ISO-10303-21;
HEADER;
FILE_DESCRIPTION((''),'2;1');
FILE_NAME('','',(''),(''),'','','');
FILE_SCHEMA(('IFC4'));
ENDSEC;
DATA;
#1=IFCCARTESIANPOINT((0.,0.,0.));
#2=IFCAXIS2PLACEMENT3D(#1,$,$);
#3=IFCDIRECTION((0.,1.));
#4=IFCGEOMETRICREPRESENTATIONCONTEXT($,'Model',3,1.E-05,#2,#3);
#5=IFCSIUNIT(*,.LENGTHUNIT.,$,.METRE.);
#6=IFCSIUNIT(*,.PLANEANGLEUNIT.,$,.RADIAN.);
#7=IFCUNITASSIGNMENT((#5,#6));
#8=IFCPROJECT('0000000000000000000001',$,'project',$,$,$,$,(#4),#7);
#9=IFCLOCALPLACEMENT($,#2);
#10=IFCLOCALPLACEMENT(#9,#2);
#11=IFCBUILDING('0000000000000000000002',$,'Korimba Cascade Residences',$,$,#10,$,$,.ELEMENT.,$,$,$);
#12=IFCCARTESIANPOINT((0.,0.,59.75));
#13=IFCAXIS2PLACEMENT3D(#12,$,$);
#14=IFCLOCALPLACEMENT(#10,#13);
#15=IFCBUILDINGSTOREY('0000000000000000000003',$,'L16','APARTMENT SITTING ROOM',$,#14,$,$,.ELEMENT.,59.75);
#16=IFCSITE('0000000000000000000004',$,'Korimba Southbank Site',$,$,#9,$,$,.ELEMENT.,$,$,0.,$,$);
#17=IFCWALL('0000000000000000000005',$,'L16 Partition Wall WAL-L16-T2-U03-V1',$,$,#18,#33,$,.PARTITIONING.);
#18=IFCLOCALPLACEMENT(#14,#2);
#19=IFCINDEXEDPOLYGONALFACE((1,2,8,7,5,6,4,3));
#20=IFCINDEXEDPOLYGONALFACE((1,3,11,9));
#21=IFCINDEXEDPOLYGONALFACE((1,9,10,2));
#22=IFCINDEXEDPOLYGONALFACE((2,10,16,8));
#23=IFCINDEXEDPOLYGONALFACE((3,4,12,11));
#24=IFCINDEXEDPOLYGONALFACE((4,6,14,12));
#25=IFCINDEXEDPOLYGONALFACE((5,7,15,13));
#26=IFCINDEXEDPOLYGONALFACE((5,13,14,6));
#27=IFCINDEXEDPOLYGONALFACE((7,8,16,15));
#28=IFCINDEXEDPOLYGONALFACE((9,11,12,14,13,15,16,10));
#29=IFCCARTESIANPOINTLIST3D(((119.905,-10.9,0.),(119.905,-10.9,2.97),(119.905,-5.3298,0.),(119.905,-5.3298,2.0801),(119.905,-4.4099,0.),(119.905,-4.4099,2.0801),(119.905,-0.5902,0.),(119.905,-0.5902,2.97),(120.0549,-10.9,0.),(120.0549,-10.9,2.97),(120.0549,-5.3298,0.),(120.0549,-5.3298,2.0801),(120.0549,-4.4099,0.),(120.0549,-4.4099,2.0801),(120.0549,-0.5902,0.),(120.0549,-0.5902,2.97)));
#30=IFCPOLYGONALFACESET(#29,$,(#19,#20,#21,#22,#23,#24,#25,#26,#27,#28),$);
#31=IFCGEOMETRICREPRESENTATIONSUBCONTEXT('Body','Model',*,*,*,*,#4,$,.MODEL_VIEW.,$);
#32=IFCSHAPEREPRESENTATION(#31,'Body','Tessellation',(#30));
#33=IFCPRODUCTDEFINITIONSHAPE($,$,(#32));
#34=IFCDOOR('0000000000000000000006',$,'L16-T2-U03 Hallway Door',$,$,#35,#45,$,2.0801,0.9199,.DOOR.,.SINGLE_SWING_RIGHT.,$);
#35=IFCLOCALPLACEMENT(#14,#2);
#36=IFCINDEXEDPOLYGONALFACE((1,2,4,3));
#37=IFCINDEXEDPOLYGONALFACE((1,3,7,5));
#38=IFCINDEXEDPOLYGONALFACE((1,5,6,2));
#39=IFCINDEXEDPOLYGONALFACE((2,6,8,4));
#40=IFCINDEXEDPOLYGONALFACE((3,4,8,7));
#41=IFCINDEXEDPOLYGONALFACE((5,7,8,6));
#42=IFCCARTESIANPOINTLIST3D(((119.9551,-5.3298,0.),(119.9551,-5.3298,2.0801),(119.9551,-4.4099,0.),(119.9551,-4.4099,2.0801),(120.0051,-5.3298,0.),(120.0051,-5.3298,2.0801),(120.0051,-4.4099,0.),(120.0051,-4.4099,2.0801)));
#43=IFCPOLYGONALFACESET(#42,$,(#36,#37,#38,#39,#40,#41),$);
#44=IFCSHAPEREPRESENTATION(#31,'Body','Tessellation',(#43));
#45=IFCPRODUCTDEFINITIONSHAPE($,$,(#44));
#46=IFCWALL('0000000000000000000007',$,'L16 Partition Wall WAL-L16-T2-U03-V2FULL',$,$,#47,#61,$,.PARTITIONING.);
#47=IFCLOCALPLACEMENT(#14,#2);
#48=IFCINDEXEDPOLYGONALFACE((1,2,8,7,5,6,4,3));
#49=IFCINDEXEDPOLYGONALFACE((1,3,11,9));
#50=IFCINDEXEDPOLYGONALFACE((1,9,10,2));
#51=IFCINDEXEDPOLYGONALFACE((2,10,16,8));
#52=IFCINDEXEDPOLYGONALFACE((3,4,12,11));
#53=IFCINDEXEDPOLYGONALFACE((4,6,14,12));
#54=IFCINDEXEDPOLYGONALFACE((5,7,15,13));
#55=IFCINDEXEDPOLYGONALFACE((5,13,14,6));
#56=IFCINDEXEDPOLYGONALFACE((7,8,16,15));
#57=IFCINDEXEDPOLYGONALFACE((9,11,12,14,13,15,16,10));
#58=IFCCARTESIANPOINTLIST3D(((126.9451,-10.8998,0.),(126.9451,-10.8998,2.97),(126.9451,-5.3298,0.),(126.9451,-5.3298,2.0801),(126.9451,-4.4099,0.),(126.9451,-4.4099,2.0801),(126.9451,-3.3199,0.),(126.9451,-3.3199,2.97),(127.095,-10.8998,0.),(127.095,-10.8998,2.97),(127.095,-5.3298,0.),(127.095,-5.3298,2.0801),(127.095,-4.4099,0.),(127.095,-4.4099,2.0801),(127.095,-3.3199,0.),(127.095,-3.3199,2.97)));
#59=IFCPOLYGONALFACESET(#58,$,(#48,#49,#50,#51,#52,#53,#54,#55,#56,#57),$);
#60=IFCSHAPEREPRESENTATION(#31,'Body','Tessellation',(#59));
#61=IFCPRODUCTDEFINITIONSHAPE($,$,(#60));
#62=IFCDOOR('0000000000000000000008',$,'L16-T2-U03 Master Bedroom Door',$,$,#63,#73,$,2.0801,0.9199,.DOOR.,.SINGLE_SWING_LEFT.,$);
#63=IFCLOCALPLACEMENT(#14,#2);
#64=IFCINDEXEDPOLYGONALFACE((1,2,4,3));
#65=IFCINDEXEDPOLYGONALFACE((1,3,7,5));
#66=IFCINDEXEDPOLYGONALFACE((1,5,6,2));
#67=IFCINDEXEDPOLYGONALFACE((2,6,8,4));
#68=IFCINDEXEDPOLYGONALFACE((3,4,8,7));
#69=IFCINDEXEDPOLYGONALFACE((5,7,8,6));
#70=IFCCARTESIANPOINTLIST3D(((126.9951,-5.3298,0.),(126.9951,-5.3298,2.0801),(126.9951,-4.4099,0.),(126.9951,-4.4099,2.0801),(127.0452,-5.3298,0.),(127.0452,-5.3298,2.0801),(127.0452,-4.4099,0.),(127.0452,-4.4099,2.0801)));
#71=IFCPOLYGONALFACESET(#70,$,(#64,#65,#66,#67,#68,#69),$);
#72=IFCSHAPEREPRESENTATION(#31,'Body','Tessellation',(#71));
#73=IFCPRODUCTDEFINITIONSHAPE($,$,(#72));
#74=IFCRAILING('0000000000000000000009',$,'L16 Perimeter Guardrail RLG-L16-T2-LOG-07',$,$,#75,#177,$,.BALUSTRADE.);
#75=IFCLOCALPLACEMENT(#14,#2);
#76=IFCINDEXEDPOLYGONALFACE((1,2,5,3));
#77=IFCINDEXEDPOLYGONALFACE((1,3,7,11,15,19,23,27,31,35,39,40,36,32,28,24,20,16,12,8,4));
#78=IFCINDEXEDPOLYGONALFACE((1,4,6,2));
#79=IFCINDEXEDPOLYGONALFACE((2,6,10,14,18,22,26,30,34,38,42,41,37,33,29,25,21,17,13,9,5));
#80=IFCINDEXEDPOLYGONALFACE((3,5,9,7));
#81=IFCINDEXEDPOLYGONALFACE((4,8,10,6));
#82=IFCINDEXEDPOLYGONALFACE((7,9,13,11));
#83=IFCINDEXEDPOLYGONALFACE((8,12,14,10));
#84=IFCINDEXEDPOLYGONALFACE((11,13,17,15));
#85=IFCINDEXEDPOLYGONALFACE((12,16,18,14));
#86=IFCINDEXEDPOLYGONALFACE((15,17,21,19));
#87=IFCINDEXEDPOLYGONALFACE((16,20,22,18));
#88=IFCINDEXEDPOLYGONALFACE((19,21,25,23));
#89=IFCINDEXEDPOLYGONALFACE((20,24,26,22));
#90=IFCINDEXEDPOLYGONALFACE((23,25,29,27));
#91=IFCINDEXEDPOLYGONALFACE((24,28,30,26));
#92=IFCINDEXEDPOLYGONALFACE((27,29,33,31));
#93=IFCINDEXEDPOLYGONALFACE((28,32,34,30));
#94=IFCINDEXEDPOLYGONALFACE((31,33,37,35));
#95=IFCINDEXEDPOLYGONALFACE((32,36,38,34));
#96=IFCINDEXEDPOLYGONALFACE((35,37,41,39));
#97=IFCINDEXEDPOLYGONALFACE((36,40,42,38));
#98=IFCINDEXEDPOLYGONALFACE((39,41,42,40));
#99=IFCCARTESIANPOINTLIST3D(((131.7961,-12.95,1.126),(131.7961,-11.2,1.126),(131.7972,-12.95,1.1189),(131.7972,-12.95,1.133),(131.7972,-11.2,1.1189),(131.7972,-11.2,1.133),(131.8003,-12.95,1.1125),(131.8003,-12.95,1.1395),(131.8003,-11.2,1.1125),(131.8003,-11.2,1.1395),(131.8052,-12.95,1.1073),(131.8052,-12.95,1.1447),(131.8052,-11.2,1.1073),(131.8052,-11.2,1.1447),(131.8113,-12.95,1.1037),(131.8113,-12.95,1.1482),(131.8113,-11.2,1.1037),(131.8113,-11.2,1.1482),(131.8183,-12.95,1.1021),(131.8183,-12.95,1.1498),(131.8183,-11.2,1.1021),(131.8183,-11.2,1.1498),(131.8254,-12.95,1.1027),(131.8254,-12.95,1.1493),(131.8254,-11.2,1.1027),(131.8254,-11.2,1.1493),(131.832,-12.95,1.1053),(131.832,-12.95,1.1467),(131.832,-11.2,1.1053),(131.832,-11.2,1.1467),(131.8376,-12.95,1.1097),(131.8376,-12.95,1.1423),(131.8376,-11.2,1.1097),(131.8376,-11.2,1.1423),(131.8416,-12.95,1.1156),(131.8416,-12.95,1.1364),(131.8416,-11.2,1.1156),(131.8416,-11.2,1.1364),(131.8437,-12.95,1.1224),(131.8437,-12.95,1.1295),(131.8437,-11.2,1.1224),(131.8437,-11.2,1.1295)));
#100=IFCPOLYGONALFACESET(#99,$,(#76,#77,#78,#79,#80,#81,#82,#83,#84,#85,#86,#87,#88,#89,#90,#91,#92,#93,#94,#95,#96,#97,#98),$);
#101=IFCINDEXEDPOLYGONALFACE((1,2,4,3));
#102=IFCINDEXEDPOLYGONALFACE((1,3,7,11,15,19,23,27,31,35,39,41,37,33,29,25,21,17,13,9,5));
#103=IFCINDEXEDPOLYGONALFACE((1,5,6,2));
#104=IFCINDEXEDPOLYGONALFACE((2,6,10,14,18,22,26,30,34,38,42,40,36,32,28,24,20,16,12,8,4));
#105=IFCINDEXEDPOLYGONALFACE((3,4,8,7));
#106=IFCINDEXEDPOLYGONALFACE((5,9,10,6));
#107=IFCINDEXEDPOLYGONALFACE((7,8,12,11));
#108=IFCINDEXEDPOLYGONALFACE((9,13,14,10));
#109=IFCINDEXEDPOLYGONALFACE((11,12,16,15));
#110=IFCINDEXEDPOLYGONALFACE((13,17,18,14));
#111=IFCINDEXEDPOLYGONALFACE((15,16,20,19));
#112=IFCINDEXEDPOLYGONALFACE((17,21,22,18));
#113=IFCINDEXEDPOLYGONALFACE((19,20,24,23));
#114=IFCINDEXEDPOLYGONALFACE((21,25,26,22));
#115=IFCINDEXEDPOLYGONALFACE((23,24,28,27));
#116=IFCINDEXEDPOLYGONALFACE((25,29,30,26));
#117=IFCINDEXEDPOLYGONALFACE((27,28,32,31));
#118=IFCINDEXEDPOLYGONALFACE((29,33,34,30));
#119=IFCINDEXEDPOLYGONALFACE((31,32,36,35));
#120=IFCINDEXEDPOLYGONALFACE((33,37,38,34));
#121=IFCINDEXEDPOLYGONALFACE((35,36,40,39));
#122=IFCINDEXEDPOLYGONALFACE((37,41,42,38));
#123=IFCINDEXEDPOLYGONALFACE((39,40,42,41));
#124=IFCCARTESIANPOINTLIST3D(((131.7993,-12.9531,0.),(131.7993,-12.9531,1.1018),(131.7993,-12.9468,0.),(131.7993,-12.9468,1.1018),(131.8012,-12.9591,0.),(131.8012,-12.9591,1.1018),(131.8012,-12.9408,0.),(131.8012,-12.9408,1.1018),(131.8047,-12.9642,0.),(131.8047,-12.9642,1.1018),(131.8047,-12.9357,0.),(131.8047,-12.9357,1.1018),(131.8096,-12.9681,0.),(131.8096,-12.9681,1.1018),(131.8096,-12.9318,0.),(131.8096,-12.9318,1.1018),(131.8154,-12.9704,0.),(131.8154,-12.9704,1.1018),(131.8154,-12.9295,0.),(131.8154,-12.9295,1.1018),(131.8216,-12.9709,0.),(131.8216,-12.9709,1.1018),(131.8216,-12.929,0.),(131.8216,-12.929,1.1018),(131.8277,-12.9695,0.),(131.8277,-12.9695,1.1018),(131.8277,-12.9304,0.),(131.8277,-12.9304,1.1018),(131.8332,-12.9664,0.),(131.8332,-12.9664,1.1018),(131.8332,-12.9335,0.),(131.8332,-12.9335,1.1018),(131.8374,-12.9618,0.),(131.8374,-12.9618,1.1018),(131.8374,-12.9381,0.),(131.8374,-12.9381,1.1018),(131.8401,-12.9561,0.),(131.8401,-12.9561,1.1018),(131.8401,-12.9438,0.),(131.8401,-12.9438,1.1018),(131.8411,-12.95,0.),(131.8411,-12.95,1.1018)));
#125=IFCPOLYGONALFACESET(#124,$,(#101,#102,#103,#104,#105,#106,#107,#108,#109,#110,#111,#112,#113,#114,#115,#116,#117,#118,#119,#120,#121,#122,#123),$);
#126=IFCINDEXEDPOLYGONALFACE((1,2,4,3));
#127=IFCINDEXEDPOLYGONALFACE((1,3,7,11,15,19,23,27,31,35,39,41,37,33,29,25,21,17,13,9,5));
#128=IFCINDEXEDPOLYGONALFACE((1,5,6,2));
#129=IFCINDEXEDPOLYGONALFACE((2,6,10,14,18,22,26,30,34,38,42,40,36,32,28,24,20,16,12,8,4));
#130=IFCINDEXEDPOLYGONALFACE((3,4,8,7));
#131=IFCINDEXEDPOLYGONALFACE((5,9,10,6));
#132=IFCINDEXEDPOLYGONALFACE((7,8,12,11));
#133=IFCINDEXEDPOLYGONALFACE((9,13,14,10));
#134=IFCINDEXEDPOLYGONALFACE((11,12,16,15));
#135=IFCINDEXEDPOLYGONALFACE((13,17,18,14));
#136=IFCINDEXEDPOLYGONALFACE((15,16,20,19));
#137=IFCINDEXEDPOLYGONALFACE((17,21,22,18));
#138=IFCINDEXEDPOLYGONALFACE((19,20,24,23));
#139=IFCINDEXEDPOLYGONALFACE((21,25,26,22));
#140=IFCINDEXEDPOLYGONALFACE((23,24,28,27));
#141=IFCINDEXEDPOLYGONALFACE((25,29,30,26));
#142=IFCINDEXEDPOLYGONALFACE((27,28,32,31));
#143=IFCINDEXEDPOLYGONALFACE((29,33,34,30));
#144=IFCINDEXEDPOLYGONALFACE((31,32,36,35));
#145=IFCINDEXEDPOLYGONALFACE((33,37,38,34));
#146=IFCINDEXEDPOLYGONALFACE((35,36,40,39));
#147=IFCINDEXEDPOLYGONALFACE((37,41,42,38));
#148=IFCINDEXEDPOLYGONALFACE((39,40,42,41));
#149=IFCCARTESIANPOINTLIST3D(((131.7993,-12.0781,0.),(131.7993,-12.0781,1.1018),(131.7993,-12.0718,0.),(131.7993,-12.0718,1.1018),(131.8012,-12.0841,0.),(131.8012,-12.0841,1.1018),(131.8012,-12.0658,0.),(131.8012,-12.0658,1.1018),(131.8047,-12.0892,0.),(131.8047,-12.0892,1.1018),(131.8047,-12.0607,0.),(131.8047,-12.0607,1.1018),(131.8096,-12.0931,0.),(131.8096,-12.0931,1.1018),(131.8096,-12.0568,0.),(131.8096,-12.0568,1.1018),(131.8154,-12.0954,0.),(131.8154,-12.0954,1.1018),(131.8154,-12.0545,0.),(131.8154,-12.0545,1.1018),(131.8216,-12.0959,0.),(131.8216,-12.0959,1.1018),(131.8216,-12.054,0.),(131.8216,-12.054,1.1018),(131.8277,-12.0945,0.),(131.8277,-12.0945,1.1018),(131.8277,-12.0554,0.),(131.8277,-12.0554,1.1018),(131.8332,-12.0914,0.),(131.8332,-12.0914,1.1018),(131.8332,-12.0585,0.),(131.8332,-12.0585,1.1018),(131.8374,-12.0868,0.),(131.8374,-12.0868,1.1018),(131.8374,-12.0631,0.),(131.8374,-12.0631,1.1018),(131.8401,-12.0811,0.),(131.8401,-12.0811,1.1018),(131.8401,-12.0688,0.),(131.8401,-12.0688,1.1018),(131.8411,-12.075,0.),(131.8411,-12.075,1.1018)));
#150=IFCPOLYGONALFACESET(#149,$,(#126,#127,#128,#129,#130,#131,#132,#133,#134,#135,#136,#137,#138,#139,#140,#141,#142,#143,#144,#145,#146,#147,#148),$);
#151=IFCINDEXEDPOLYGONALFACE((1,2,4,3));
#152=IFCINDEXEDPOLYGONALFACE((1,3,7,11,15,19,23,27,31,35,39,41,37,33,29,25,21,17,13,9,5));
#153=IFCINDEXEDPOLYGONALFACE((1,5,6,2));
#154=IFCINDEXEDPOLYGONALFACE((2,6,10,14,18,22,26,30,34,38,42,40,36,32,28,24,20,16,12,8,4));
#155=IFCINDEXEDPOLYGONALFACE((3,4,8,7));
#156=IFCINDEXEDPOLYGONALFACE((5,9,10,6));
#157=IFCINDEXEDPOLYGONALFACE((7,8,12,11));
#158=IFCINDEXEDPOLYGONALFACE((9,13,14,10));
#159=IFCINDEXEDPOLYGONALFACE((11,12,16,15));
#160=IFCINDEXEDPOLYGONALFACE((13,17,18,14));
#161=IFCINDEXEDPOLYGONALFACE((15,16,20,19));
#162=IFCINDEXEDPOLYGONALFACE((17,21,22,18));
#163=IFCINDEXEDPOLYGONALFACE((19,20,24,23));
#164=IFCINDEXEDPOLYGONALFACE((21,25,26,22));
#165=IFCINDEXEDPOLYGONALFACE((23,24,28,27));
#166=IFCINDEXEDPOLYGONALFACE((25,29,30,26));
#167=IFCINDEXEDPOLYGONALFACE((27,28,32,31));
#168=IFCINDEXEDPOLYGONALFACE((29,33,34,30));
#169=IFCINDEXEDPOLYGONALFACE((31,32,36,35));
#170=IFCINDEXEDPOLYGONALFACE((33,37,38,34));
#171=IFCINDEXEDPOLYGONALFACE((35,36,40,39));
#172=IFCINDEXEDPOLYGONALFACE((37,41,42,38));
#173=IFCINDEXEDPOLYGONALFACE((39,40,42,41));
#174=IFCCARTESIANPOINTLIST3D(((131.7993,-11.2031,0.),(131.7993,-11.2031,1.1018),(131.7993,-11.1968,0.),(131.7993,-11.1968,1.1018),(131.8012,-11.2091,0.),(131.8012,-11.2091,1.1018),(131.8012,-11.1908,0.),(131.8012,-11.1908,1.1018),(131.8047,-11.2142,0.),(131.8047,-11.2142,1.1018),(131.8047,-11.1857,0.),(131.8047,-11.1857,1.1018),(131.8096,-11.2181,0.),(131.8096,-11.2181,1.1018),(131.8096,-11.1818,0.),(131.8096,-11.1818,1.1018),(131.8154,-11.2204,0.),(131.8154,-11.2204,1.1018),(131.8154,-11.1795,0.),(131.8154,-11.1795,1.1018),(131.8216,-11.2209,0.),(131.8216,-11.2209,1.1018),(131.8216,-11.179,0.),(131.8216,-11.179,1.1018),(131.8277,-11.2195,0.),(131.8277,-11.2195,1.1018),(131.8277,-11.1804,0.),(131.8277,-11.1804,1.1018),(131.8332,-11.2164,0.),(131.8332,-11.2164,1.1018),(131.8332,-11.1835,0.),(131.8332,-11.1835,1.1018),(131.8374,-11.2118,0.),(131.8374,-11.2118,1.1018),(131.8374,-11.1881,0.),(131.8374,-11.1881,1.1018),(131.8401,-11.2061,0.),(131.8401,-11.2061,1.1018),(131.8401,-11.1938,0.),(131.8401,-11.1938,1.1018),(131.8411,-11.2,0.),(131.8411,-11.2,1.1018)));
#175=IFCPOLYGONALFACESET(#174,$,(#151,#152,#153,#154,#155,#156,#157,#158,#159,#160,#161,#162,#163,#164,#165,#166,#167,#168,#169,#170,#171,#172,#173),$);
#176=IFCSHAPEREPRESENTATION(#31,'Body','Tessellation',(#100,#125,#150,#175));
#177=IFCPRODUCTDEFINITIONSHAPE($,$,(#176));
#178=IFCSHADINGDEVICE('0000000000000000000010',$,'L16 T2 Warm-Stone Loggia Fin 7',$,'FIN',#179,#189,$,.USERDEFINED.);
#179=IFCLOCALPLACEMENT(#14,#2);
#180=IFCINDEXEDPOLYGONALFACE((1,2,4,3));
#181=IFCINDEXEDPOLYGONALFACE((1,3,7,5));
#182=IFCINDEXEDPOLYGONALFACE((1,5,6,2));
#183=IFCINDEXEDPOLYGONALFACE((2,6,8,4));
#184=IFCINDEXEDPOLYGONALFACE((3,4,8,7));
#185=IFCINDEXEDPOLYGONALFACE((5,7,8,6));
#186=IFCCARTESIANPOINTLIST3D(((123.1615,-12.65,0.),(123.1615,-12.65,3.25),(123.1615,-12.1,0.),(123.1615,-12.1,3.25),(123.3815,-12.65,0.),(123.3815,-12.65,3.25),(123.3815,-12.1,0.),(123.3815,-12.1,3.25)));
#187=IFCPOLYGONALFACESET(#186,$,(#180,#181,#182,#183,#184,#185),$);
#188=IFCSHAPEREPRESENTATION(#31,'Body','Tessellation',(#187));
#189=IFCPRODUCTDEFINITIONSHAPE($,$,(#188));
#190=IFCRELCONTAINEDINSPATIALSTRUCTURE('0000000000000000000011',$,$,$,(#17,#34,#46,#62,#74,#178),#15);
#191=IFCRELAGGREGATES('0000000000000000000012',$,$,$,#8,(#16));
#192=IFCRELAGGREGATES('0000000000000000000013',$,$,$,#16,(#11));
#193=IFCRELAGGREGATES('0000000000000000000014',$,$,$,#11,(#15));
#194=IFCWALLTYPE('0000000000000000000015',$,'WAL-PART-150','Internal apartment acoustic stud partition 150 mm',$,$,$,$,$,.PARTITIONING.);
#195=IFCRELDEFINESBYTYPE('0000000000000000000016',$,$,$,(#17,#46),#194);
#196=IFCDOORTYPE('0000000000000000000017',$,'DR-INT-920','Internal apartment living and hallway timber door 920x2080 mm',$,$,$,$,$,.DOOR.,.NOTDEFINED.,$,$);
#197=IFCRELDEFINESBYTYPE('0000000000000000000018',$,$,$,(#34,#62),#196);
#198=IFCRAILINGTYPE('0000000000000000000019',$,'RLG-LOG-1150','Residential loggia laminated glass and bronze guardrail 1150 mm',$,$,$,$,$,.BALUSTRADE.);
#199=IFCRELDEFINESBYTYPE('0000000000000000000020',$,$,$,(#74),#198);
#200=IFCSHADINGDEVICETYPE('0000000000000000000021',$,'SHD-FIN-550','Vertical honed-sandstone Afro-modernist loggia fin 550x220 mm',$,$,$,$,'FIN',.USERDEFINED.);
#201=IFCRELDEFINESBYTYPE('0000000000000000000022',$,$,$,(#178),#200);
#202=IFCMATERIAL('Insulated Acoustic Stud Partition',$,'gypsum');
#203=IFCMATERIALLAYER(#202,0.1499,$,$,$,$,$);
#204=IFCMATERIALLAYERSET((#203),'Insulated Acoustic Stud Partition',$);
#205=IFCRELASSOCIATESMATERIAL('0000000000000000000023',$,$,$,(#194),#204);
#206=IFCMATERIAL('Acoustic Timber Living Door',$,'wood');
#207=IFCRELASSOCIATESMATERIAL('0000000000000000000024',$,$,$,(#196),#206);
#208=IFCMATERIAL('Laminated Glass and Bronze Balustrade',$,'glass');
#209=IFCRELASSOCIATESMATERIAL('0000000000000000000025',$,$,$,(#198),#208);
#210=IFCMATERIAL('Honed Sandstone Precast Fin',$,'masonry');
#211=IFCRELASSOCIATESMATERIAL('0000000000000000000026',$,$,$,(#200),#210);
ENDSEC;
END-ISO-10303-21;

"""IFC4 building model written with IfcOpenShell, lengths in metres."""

from ifc_helpers import new_model, si_unit, direction, frame, frame_2d, origin, origin_2d, place, context, subcontext, project, spatial, rectangle, circle, extrude, material, layer, layer_set, type_object, element, fill, save


model = new_model("IFC4")

# Units and contexts
model_context = context("Model", 3, precision=1e-05, world=origin(), true_north=direction((0.0, 1.0)))
body_context = subcontext(model_context, "Body", "Model", "MODEL_VIEW")
ifc_project = project(units=[si_unit("LENGTHUNIT", "METRE"), si_unit("PLANEANGLEUNIT", "RADIAN")], contexts=[model_context])

# Site, building, storey
site_placement = place(None, origin())
site = spatial("IfcSite", under=ifc_project, at=site_placement, Name="Korimba Southbank Site", CompositionType="ELEMENT", RefElevation=0.0)
building_placement = place(site_placement, origin())
building = spatial("IfcBuilding", under=site, at=building_placement, Name="Korimba Cascade Residences", CompositionType="ELEMENT")
storey_placement = place(building_placement, frame((0.0, 0.0, 59.75)))
storey = spatial("IfcBuildingStorey", under=building, at=storey_placement, Name="L16", Description="APARTMENT SITTING ROOM", CompositionType="ELEMENT", Elevation=59.75)

# Walls, openings, doors
ifc_material_1 = material(Name="Insulated Acoustic Stud Partition", Category="gypsum")
ifc_layer_1 = layer(ifc_material_1, 0.1499)
ifc_layer_set_1 = layer_set([ifc_layer_1], Name="Insulated Acoustic Stud Partition")
wall_type_1 = type_object("IfcWallType", Name="WAL-PART-150", Description="Internal apartment acoustic stud partition 150 mm", PredefinedType="PARTITIONING", material=ifc_layer_set_1)
wall_1_placement = place(storey_placement, frame((119.98, -10.8999, 0.0), z_axis=(0.0, 0.0, 1.0), x_axis=(0.0, 1.0, 0.0)))
wall_1 = element("IfcWall", 1, at=wall_1_placement, inside=storey, type_object=wall_type_1, Name="L16 Partition Wall WAL-L16-T2-U03-V1", PredefinedType="PARTITIONING", context=body_context, shape_type="SweptSolid", body=[
    extrude(rectangle(XDim=10.3098, YDim=0.1499, at=frame_2d((5.1548, 0.0))), origin(), (0.0, 0.0, 1.0), 2.97),
])
opening_1_placement = place(wall_1_placement, frame((5.5701, 0.0, 0.0)))
opening_1 = element("IfcOpeningElement", 2, at=opening_1_placement, cuts=wall_1, PredefinedType="OPENING", context=body_context, shape_type="SweptSolid", body=[
    extrude(rectangle(XDim=0.9199, YDim=2.0801, at=frame_2d((0.46, 1.04))), frame((0.0, 0.085, 0.0), z_axis=(0.0, -1.0, 0.0), x_axis=(1.0, 0.0, 0.0)), (0.0, 0.0, 1.0), 0.1699),
])
ifc_material_2 = material(Name="Acoustic Timber Living Door", Category="wood")
door_type = type_object("IfcDoorType", Name="DR-INT-920", Description="Internal apartment living and hallway timber door 920x2080 mm", OperationType="NOTDEFINED", PredefinedType="DOOR", material=ifc_material_2)
door_1_placement = place(opening_1_placement, origin())
door_1 = element("IfcDoor", 3, at=door_1_placement, inside=storey, type_object=door_type, Name="L16-T2-U03 Hallway Door", OperationType="SINGLE_SWING_RIGHT", OverallHeight=2.0801, OverallWidth=0.9199, PredefinedType="DOOR", context=body_context, shape_type="SweptSolid", body=[
    extrude(rectangle(XDim=0.9199, YDim=2.0801, at=frame_2d((0.46, 1.04))), frame((0.0, 0.0249, 0.0), z_axis=(0.0, -1.0, 0.0), x_axis=(1.0, 0.0, 0.0)), (0.0, 0.0, 1.0), 0.05),
])
fill(opening_1, door_1)
wall_2_placement = place(storey_placement, frame((127.02, -10.8999, 0.0), z_axis=(0.0, 0.0, 1.0), x_axis=(0.0, 1.0, 0.0)))
wall_2 = element("IfcWall", 4, at=wall_2_placement, inside=storey, type_object=wall_type_1, Name="L16 Partition Wall WAL-L16-T2-U03-V2FULL", PredefinedType="PARTITIONING", context=body_context, shape_type="SweptSolid", body=[
    extrude(rectangle(XDim=7.5798, YDim=0.1499, at=frame_2d((3.79, 0.0))), origin(), (0.0, 0.0, 1.0), 2.97),
])
opening_2_placement = place(wall_2_placement, frame((5.5701, 0.0, 0.0)))
opening_2 = element("IfcOpeningElement", 5, at=opening_2_placement, cuts=wall_2, PredefinedType="OPENING", context=body_context, shape_type="SweptSolid", body=[
    extrude(rectangle(XDim=0.9199, YDim=2.0801, at=frame_2d((0.46, 1.04))), frame((0.0, 0.085, 0.0), z_axis=(0.0, -1.0, 0.0), x_axis=(1.0, 0.0, 0.0)), (0.0, 0.0, 1.0), 0.1699),
])
door_2_placement = place(opening_2_placement, origin())
door_2 = element("IfcDoor", 6, at=door_2_placement, inside=storey, type_object=door_type, Name="L16-T2-U03 Master Bedroom Door", OperationType="SINGLE_SWING_LEFT", OverallHeight=2.0801, OverallWidth=0.9199, PredefinedType="DOOR", context=body_context, shape_type="SweptSolid", body=[
    extrude(rectangle(XDim=0.9199, YDim=2.0801, at=frame_2d((0.46, 1.04))), frame((0.0, 0.0249, 0.0), z_axis=(0.0, -1.0, 0.0), x_axis=(1.0, 0.0, 0.0)), (0.0, 0.0, 1.0), 0.05),
])
fill(opening_2, door_2)

# Railing
ifc_material_3 = material(Name="Laminated Glass and Bronze Balustrade", Category="glass")
railing_type = type_object("IfcRailingType", Name="RLG-LOG-1150", Description="Residential loggia laminated glass and bronze guardrail 1150 mm", PredefinedType="BALUSTRADE", material=ifc_material_3)
railing_1_placement = place(storey_placement, frame((131.8201, -12.95, 0.0)))
element("IfcRailing", 7, at=railing_1_placement, inside=storey, type_object=railing_type, Name="L16 Perimeter Guardrail RLG-L16-T2-LOG-07", PredefinedType="BALUSTRADE", context=body_context, shape_type="SweptSolid", body=[
    extrude(circle(Radius=0.0239, at=origin_2d()), frame((0.0, 0.0, 1.126), z_axis=(0.0, 1.0, 0.0), x_axis=(-1.0, 0.0, 0.0)), (0.0, 0.0, 1.0), 1.75),
    extrude(circle(Radius=0.021, at=origin_2d()), origin(), (0.0, 0.0, 1.0), 1.1018),
    extrude(circle(Radius=0.021, at=origin_2d()), frame((0.0, 0.875, 0.0)), (0.0, 0.0, 1.0), 1.1018),
    extrude(circle(Radius=0.021, at=origin_2d()), frame((0.0, 1.75, 0.0)), (0.0, 0.0, 1.0), 1.1018),
])

# Shading device
ifc_material_4 = material(Name="Honed Sandstone Precast Fin", Category="masonry")
shading_device_type = type_object("IfcShadingDeviceType", Name="SHD-FIN-550", Description="Vertical honed-sandstone Afro-modernist loggia fin 550x220 mm", ElementType="FIN", PredefinedType="USERDEFINED", material=ifc_material_4)
for number, where, z_axis, x_axis, name in (
    (8, (123.2715, -12.375, 0.0), (0.0, 0.0, 1.0), (1.0, 0.0, 0.0), "L16 T2 Warm-Stone Loggia Fin 7"),
):
    element("IfcShadingDevice", number, at=place(storey_placement, frame(where, z_axis=z_axis, x_axis=x_axis)), inside=storey, type_object=shading_device_type, Name=name, ObjectType="FIN", PredefinedType="USERDEFINED", context=body_context, shape_type="SweptSolid", body=[
        extrude(rectangle(XDim=0.22, YDim=0.55, at=origin_2d()), origin(), (0.0, 0.0, 1.0), 3.25),
    ])

save(model, "model.ifc")
